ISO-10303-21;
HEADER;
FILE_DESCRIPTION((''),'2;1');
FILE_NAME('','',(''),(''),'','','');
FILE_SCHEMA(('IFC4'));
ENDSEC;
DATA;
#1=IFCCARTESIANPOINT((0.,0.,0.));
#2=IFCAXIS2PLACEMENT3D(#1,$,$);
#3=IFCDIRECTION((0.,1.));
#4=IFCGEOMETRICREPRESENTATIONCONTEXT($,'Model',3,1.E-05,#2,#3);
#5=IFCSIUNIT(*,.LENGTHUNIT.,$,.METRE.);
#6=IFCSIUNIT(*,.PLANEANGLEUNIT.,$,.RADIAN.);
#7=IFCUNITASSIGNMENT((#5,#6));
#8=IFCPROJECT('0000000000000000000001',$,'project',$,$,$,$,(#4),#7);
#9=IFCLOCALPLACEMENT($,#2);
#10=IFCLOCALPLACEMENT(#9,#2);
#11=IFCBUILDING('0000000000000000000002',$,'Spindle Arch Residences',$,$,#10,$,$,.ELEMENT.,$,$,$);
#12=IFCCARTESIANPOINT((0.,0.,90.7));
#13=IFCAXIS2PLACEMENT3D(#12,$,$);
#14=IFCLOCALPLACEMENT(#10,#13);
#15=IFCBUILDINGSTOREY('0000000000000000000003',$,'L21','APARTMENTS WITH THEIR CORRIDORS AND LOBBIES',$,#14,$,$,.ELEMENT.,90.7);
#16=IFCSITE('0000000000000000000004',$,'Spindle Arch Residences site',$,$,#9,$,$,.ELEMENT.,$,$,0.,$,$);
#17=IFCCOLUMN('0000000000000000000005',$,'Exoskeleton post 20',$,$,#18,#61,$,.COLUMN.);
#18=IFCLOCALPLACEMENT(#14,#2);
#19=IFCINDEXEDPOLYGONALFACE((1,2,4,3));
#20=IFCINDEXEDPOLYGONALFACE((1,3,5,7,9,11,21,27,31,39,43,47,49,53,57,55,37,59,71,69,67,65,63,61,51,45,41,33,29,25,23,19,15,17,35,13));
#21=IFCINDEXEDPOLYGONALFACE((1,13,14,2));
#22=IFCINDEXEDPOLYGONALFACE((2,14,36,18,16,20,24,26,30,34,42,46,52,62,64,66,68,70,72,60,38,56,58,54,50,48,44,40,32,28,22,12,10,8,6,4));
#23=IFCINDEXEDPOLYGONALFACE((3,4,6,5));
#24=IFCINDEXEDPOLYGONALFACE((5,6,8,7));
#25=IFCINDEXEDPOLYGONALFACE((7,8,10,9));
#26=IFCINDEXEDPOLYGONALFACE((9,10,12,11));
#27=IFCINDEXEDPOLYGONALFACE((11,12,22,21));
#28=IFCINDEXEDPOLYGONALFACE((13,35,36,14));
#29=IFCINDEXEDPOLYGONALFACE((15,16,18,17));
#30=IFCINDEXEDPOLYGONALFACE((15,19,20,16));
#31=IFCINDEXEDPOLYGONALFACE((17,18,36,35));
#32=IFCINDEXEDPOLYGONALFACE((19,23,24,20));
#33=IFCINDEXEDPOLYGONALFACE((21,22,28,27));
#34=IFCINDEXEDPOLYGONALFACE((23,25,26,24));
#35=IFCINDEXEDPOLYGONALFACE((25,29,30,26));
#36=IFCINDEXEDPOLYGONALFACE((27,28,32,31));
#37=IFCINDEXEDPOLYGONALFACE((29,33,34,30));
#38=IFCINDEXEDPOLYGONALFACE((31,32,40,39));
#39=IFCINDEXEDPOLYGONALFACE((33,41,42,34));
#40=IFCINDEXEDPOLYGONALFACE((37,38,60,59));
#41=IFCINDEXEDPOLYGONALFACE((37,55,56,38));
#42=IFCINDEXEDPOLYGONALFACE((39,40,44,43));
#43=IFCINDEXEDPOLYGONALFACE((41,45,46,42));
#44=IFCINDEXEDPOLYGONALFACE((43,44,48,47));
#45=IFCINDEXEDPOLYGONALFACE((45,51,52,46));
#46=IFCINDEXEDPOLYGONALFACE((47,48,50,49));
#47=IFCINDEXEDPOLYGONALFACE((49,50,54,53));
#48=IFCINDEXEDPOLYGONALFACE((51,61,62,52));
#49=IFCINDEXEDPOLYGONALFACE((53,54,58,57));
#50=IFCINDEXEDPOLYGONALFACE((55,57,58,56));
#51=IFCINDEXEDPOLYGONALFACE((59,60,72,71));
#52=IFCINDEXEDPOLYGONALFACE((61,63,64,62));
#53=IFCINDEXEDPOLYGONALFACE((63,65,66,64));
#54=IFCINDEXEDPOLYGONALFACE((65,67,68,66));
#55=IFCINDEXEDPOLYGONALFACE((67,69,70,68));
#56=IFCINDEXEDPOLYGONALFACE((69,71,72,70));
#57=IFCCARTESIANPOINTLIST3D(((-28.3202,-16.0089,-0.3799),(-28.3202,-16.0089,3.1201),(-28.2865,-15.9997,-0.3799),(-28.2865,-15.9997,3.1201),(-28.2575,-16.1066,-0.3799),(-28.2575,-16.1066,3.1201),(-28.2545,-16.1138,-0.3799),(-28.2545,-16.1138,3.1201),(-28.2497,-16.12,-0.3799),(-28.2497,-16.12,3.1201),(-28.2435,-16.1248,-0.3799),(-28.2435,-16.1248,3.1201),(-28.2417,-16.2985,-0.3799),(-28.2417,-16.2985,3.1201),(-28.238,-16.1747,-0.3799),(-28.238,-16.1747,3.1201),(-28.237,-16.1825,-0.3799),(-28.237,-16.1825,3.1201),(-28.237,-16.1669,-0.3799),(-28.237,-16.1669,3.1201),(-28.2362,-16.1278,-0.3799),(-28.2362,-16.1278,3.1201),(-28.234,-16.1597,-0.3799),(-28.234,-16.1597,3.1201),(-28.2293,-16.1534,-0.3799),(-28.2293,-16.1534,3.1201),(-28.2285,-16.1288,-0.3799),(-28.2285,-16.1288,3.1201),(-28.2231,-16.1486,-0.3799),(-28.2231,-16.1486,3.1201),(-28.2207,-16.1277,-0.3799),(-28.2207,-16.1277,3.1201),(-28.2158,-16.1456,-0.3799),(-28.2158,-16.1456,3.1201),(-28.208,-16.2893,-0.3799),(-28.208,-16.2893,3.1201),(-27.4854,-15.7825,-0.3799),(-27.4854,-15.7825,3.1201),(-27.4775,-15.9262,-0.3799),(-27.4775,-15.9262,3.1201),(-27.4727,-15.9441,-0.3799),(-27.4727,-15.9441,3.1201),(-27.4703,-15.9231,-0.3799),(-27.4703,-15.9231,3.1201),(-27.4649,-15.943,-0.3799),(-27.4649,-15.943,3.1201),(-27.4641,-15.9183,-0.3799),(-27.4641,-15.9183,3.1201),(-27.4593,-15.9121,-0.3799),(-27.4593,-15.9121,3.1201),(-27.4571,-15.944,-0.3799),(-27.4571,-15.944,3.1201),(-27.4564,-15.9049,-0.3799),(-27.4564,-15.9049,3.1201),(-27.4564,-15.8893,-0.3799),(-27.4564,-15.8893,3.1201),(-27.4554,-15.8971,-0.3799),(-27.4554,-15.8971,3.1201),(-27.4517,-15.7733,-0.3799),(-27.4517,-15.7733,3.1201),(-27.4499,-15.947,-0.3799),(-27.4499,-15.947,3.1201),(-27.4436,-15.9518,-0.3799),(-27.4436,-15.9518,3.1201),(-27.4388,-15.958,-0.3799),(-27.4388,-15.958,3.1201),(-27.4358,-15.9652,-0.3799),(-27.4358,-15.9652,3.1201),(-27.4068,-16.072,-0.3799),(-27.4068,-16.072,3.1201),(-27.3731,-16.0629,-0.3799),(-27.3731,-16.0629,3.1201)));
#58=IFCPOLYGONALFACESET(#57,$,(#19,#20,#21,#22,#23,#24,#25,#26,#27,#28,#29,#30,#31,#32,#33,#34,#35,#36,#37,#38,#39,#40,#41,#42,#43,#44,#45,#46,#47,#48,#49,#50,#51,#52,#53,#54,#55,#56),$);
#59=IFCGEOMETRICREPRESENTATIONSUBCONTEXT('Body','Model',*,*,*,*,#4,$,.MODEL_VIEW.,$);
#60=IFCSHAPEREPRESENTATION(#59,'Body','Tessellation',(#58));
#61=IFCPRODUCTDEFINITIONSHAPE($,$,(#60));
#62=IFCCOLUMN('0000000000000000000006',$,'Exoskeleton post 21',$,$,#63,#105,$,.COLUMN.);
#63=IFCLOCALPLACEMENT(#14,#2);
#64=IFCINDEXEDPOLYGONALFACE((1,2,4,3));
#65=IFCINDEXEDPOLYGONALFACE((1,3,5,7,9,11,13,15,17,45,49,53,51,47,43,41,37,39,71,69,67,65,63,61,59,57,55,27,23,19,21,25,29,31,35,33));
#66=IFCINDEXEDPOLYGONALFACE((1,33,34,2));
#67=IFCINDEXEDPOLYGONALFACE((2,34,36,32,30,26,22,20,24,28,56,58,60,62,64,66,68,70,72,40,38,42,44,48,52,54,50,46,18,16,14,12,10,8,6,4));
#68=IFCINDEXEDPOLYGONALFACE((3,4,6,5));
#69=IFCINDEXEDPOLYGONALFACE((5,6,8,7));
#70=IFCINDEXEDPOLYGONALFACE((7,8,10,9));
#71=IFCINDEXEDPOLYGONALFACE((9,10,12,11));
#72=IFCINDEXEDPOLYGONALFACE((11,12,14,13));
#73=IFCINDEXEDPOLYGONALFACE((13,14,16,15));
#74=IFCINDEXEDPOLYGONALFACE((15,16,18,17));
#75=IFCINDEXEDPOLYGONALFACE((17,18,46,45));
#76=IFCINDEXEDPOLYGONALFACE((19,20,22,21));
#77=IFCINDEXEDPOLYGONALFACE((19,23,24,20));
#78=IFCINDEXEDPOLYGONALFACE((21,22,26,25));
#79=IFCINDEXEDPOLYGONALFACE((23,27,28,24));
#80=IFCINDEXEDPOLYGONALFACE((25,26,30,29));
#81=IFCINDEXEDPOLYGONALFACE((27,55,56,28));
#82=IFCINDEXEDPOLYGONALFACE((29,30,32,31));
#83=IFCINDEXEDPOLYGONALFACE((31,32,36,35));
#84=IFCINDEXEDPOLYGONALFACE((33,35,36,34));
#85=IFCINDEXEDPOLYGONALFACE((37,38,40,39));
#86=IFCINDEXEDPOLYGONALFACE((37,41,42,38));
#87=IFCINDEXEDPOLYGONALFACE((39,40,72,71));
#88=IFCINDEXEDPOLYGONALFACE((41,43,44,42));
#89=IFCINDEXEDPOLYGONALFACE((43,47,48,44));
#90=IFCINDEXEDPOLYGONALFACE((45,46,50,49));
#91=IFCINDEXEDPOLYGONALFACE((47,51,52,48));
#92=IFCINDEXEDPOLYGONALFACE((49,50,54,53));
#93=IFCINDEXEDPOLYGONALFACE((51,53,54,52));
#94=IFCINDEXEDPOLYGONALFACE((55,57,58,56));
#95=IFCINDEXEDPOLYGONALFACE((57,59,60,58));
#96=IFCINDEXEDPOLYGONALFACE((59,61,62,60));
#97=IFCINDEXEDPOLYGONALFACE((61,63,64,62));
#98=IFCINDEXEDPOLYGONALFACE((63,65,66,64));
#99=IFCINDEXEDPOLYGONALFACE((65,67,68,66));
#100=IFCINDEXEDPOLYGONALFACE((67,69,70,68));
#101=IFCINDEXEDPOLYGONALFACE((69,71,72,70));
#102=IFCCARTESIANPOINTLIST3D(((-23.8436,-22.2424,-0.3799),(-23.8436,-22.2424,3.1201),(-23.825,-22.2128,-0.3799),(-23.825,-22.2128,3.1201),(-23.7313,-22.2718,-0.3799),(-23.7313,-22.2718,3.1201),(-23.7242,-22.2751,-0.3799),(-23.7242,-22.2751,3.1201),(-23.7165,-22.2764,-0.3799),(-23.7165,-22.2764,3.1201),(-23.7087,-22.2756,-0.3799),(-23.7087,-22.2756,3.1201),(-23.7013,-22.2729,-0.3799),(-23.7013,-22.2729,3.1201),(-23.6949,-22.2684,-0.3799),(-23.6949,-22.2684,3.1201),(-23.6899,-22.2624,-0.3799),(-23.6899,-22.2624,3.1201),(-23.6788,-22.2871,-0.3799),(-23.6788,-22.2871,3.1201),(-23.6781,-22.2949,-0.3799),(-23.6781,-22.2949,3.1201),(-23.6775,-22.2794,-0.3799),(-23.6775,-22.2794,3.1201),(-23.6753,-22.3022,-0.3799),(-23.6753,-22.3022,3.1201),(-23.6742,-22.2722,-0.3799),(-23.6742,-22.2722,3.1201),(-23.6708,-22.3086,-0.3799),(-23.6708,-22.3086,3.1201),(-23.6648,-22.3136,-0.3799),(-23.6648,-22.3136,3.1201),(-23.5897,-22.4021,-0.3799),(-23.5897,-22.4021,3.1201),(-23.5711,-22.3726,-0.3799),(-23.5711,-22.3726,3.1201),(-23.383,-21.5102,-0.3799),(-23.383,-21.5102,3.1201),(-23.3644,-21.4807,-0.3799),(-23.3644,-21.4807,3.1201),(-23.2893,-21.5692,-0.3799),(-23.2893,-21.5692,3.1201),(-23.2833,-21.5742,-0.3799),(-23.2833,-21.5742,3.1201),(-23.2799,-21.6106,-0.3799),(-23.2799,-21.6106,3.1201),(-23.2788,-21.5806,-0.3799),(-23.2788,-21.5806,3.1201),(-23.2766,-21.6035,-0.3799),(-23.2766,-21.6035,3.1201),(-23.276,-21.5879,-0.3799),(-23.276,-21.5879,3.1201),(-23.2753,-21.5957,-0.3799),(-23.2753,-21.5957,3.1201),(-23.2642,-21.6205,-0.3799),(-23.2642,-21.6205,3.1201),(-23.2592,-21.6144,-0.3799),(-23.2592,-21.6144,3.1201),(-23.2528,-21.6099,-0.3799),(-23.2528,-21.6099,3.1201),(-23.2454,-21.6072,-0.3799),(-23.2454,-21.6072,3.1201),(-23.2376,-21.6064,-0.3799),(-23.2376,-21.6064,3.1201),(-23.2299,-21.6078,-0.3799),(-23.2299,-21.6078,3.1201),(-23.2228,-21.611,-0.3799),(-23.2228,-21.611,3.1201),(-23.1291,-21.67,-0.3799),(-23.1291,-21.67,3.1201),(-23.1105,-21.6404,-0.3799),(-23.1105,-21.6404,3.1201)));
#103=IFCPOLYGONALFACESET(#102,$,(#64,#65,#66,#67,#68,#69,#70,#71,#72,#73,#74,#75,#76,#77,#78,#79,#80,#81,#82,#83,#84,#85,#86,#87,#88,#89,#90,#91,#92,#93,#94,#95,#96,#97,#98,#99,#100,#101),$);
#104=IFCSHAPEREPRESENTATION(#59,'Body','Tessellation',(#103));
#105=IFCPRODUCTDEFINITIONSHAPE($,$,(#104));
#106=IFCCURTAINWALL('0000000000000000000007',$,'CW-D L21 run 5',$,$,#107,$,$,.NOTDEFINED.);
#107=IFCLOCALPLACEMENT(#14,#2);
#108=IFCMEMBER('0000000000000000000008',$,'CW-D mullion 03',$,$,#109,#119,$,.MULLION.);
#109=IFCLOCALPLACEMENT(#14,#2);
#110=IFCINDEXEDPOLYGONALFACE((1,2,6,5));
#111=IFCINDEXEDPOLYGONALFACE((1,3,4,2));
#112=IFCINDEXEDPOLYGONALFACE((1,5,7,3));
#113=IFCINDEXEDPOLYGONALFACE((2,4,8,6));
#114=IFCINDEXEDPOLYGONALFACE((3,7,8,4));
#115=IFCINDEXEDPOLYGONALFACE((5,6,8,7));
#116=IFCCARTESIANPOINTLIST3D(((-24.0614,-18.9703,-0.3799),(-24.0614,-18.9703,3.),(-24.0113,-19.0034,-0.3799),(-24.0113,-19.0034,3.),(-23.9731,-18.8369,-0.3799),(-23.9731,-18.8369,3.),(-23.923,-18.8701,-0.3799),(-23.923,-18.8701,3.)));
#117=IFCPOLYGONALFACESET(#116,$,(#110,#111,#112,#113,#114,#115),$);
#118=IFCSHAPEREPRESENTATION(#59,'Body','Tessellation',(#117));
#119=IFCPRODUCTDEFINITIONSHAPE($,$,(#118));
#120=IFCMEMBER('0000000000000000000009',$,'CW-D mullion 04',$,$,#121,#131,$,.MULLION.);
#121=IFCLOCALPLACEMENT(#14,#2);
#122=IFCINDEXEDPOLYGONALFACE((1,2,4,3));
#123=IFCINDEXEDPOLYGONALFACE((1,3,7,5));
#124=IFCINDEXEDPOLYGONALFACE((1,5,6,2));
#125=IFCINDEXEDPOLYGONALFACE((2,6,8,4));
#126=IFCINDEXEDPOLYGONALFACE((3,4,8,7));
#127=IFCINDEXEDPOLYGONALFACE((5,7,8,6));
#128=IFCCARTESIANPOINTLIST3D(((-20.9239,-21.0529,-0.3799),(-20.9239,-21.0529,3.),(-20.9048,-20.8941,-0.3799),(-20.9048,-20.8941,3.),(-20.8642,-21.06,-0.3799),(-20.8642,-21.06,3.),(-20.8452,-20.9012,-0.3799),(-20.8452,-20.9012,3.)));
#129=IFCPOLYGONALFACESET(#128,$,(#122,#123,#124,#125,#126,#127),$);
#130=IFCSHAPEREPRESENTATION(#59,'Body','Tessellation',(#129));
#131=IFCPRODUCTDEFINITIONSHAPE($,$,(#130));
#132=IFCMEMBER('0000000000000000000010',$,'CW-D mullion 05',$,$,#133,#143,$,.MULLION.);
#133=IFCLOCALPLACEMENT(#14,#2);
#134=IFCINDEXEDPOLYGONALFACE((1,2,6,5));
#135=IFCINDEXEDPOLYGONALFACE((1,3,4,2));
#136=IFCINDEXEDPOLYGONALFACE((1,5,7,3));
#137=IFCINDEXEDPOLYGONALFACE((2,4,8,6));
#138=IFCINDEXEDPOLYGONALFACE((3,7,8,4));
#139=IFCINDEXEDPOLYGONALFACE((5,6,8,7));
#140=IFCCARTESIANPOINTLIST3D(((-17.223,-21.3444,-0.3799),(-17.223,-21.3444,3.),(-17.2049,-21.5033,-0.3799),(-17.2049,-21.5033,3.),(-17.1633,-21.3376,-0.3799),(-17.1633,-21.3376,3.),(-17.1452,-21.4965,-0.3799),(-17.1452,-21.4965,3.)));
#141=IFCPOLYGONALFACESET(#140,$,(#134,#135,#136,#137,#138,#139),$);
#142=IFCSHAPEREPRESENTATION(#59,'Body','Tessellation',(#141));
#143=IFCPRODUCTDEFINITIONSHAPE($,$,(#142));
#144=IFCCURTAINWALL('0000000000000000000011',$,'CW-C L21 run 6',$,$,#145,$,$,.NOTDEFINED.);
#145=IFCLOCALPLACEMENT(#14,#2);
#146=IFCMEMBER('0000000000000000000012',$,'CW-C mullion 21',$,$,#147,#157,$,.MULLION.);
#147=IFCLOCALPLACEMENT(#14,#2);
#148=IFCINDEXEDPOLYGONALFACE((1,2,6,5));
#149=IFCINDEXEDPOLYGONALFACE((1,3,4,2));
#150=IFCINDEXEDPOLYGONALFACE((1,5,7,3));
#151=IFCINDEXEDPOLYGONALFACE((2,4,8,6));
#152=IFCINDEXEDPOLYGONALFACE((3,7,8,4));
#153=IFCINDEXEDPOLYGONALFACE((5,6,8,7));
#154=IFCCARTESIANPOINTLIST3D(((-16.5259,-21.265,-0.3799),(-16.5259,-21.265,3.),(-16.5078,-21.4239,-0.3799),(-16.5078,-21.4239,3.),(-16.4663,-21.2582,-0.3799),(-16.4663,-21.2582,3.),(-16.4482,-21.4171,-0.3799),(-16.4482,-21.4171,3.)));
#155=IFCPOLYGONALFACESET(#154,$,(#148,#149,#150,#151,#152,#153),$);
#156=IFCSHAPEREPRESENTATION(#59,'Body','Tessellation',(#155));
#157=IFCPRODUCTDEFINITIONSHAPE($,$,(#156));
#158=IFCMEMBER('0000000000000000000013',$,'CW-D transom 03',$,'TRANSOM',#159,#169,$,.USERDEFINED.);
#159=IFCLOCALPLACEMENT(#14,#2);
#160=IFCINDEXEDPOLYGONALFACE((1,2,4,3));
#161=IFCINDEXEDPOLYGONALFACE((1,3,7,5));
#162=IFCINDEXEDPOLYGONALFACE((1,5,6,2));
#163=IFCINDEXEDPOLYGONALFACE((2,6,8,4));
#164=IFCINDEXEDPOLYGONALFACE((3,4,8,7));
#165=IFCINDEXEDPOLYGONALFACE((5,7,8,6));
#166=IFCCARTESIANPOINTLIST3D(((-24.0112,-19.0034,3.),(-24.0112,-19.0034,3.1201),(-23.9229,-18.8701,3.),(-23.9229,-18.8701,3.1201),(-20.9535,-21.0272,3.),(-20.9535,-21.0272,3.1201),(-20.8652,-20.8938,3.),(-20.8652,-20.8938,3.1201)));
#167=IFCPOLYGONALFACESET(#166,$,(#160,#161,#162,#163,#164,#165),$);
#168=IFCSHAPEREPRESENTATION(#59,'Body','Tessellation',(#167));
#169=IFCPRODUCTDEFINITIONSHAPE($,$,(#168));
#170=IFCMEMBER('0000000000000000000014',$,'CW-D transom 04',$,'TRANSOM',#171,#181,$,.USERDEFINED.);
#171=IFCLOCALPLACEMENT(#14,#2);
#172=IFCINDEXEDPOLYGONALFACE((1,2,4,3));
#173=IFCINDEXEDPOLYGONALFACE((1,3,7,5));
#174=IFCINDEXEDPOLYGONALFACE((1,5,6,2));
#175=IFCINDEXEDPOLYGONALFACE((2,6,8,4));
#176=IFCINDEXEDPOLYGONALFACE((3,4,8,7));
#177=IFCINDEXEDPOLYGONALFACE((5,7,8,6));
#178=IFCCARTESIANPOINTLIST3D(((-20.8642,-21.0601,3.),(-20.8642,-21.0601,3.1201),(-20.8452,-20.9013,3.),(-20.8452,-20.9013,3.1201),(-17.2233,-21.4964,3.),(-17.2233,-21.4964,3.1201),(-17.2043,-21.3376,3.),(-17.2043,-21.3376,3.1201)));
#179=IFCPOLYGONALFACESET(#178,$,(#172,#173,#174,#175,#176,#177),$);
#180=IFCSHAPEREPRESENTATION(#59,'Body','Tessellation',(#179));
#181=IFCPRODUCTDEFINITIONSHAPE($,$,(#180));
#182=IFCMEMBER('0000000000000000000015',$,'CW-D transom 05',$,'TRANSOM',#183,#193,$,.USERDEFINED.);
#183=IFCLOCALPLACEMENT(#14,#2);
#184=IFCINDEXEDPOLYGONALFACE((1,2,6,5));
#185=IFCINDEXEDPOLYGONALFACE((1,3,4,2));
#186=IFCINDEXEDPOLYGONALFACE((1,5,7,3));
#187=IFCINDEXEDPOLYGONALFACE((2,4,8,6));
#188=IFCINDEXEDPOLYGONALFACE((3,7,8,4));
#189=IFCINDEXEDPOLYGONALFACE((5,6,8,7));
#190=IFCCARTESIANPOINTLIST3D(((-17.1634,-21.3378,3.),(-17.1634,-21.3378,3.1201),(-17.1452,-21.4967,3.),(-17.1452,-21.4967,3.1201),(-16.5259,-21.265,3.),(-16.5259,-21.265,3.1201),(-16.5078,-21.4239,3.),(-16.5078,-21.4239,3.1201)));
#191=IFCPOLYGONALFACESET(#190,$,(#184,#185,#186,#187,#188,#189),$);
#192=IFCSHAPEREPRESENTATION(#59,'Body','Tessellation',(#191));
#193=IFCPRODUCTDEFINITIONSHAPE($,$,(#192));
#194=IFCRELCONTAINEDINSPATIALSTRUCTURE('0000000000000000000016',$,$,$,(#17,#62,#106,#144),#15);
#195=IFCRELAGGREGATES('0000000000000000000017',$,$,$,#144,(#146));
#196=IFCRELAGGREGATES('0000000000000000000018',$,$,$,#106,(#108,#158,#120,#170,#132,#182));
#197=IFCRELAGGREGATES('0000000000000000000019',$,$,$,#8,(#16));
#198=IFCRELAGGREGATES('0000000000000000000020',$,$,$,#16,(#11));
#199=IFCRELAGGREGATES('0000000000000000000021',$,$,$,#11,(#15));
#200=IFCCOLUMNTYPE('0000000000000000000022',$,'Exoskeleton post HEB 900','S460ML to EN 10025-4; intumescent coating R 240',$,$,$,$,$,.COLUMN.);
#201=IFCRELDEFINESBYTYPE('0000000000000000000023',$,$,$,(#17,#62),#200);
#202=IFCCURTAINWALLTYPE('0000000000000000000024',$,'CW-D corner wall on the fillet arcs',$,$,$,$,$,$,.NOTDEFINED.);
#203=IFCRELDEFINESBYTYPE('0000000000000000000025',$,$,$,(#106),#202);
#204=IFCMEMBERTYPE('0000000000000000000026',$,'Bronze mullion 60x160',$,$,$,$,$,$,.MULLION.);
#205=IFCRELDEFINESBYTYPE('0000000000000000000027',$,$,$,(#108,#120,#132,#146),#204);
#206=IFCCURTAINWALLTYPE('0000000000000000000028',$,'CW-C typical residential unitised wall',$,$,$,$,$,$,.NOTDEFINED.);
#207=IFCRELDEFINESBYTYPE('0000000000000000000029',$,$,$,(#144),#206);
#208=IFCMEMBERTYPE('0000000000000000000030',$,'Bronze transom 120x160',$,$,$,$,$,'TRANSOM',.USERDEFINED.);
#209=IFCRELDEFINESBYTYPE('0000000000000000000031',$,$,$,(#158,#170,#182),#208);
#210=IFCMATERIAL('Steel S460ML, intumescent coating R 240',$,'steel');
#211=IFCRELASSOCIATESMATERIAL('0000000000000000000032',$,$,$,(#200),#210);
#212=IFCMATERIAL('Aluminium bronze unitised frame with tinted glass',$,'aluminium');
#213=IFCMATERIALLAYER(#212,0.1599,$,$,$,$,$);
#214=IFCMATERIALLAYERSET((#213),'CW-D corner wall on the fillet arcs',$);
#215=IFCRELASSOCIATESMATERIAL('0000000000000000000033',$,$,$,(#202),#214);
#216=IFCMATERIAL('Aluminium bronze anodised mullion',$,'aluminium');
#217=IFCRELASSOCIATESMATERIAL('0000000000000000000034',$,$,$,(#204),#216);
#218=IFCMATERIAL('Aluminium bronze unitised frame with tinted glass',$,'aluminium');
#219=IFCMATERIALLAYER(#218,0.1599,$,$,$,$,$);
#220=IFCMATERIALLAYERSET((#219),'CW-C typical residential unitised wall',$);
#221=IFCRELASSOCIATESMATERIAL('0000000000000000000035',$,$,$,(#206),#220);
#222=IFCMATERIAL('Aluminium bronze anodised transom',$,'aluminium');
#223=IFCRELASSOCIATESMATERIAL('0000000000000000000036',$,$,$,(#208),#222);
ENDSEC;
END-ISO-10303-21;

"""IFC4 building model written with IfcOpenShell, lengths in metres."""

from ifc_helpers import new_model, si_unit, direction, frame, origin, origin_2d, place, context, subcontext, project, spatial, rectangle, i_section, extrude, material, layer, layer_set, material_profile, profile_set, type_object, element, aggregate, save


model = new_model("IFC4")

# Units and contexts
model_context = context("Model", 3, precision=1e-05, world=origin(), true_north=direction((0.0, 1.0)))
body_context = subcontext(model_context, "Body", "Model", "MODEL_VIEW")
ifc_project = project(units=[si_unit("LENGTHUNIT", "METRE"), si_unit("PLANEANGLEUNIT", "RADIAN")], contexts=[model_context])

# Site, building, storey
site_placement = place(None, origin())
site = spatial("IfcSite", under=ifc_project, at=site_placement, Name="Spindle Arch Residences site", CompositionType="ELEMENT", RefElevation=0.0)
building_placement = place(site_placement, origin())
building = spatial("IfcBuilding", under=site, at=building_placement, Name="Spindle Arch Residences", CompositionType="ELEMENT")
storey_placement = place(building_placement, frame((0.0, 0.0, 90.7)))
storey = spatial("IfcBuildingStorey", under=building, at=storey_placement, Name="L21", Description="APARTMENTS WITH THEIR CORRIDORS AND LOBBIES", CompositionType="ELEMENT", Elevation=90.7)

# Columns
ifc_material_1 = material(Name="Steel S460ML, intumescent coating R 240", Category="steel")
ifc_material_profile_1 = material_profile(ifc_material_1, i_section(OverallWidth=0.3, OverallDepth=0.8999, WebThickness=0.0186, FlangeThickness=0.0349, FilletRadius=0.03, at=origin_2d()), Name="HEB 900")
ifc_profile_set_1 = profile_set([ifc_material_profile_1], Name="Steel S460ML, intumescent coating R 240")
column_type = type_object("IfcColumnType", Name="Exoskeleton post HEB 900", Description="S460ML to EN 10025-4; intumescent coating R 240", PredefinedType="COLUMN", material=ifc_profile_set_1)
for number, where, z_axis, x_axis, name in (
    (1, (-27.8467, -16.0359, -0.3799), (0.0, 0.0, 1.0), (-0.261742, 0.965138, 0.0), "Exoskeleton post 20"),
    (2, (-23.4771, -21.9414, -0.3799), (0.0, 0.0, 1.0), (-0.84644, 0.532484, 0.0), "Exoskeleton post 21"),
):
    element("IfcColumn", number, at=place(storey_placement, frame(where, z_axis=z_axis, x_axis=x_axis)), inside=storey, type_object=column_type, Name=name, PredefinedType="COLUMN", context=body_context, shape_type="SweptSolid", body=[
        extrude(i_section(OverallWidth=0.3, OverallDepth=0.8999, WebThickness=0.0186, FlangeThickness=0.0349, FilletRadius=0.03, at=origin_2d()), origin(), (0.0, 0.0, 1.0), 3.5),
    ])

# Curtain wall, members
ifc_material_2 = material(Name="Aluminium bronze unitised frame with tinted glass", Category="aluminium")
ifc_layer_1 = layer(ifc_material_2, 0.1599)
ifc_layer_set_1 = layer_set([ifc_layer_1], Name="CW-D corner wall on the fillet arcs")
curtain_wall_type_1 = type_object("IfcCurtainWallType", Name="CW-D corner wall on the fillet arcs", PredefinedType="NOTDEFINED", material=ifc_layer_set_1)
curtain_wall_1_placement = place(storey_placement, origin())
curtain_wall_1 = element("IfcCurtainWall", 3, at=curtain_wall_1_placement, inside=storey, type_object=curtain_wall_type_1, Name="CW-D L21 run 5", PredefinedType="NOTDEFINED")
ifc_material_3 = material(Name="Aluminium bronze anodised mullion", Category="aluminium")
ifc_material_profile_2 = material_profile(ifc_material_3, rectangle(XDim=0.1599, YDim=0.0601, at=origin_2d()), Name="MU 60x160")
ifc_profile_set_2 = profile_set([ifc_material_profile_2], Name="Aluminium bronze anodised mullion")
member_type_1 = type_object("IfcMemberType", Name="Bronze mullion 60x160", PredefinedType="MULLION", material=ifc_profile_set_2)
member_1_placement = place(storey_placement, frame((-23.9922, -18.9202, -0.3799), z_axis=(0.0, 0.0, 1.0), x_axis=(0.551937, 0.833886, 0.0)))
member_1 = element("IfcMember", 4, at=member_1_placement, type_object=member_type_1, Name="CW-D mullion 03", PredefinedType="MULLION", context=body_context, shape_type="SweptSolid", body=[
    extrude(rectangle(XDim=0.1599, YDim=0.0601, at=origin_2d()), origin(), (0.0, 0.0, 1.0), 3.3799),
])
member_2_placement = place(storey_placement, frame((-20.8845, -20.9771, -0.3799), z_axis=(0.0, 0.0, 1.0), x_axis=(0.118982, 0.992896, 0.0)))
member_2 = element("IfcMember", 5, at=member_2_placement, type_object=member_type_1, Name="CW-D mullion 04", PredefinedType="MULLION", context=body_context, shape_type="SweptSolid", body=[
    extrude(rectangle(XDim=0.1599, YDim=0.0601, at=origin_2d()), origin(), (0.0, 0.0, 1.0), 3.3799),
])
member_3_placement = place(storey_placement, frame((-17.1841, -21.4204, -0.3799), z_axis=(0.0, 0.0, 1.0), x_axis=(-0.113203, 0.993572, 0.0)))
member_3 = element("IfcMember", 6, at=member_3_placement, type_object=member_type_1, Name="CW-D mullion 05", PredefinedType="MULLION", context=body_context, shape_type="SweptSolid", body=[
    extrude(rectangle(XDim=0.1599, YDim=0.0601, at=origin_2d()), origin(), (0.0, 0.0, 1.0), 3.3799),
])

# Curtain wall, member
ifc_material_4 = material(Name="Aluminium bronze unitised frame with tinted glass", Category="aluminium")
ifc_layer_2 = layer(ifc_material_4, 0.1599)
ifc_layer_set_2 = layer_set([ifc_layer_2], Name="CW-C typical residential unitised wall")
curtain_wall_type_2 = type_object("IfcCurtainWallType", Name="CW-C typical residential unitised wall", PredefinedType="NOTDEFINED", material=ifc_layer_set_2)
curtain_wall_2_placement = place(storey_placement, origin())
curtain_wall_2 = element("IfcCurtainWall", 7, at=curtain_wall_2_placement, inside=storey, type_object=curtain_wall_type_2, Name="CW-C L21 run 6", PredefinedType="NOTDEFINED")
member_4_placement = place(storey_placement, frame((-16.4871, -21.3411, -0.3799), z_axis=(0.0, 0.0, 1.0), x_axis=(-0.113203, 0.993572, 0.0)))
member_4 = element("IfcMember", 8, at=member_4_placement, type_object=member_type_1, Name="CW-C mullion 21", PredefinedType="MULLION", context=body_context, shape_type="SweptSolid", body=[
    extrude(rectangle(XDim=0.1599, YDim=0.0601, at=origin_2d()), origin(), (0.0, 0.0, 1.0), 3.3799),
])
aggregate(curtain_wall_2, [member_4])

# Members
ifc_material_5 = material(Name="Aluminium bronze anodised transom", Category="aluminium")
ifc_material_profile_3 = material_profile(ifc_material_5, rectangle(XDim=0.1599, YDim=0.1201, at=origin_2d()), Name="TR 120x160")
ifc_profile_set_3 = profile_set([ifc_material_profile_3], Name="Aluminium bronze anodised transom")
member_type_2 = type_object("IfcMemberType", Name="Bronze transom 120x160", ElementType="TRANSOM", PredefinedType="USERDEFINED", material=ifc_profile_set_3)
member_5_placement = place(storey_placement, frame((-23.967, -18.9368, 3.0601), z_axis=(0.8339, -0.551916, 0.0), x_axis=(0.551916, 0.8339, 0.0)))
member_5 = element("IfcMember", 9, at=member_5_placement, type_object=member_type_2, Name="CW-D transom 03", ObjectType="TRANSOM", PredefinedType="USERDEFINED", context=body_context, shape_type="SweptSolid", body=[
    extrude(rectangle(XDim=0.1599, YDim=0.1201, at=origin_2d()), origin(), (0.0, 0.0, 1.0), 3.6667),
])
member_6_placement = place(storey_placement, frame((-20.8547, -20.9807, 3.0601), z_axis=(0.992897, -0.118977, 0.0), x_axis=(0.118977, 0.992897, 0.0)))
member_6 = element("IfcMember", 10, at=member_6_placement, type_object=member_type_2, Name="CW-D transom 04", ObjectType="TRANSOM", PredefinedType="USERDEFINED", context=body_context, shape_type="SweptSolid", body=[
    extrude(rectangle(XDim=0.1599, YDim=0.1201, at=origin_2d()), origin(), (0.0, 0.0, 1.0), 3.667),
])
member_7_placement = place(storey_placement, frame((-17.1543, -21.4172, 3.0601), z_axis=(0.99355, 0.113396, 0.0), x_axis=(-0.113396, 0.99355, 0.0)))
member_7 = element("IfcMember", 11, at=member_7_placement, type_object=member_type_2, Name="CW-D transom 05", ObjectType="TRANSOM", PredefinedType="USERDEFINED", context=body_context, shape_type="SweptSolid", body=[
    extrude(rectangle(XDim=0.1599, YDim=0.1201, at=origin_2d()), origin(), (0.0, 0.0, 1.0), 0.6416),
])

aggregate(curtain_wall_1, [member_1, member_5, member_2, member_6, member_3, member_7])

save(model, "model.ifc")
